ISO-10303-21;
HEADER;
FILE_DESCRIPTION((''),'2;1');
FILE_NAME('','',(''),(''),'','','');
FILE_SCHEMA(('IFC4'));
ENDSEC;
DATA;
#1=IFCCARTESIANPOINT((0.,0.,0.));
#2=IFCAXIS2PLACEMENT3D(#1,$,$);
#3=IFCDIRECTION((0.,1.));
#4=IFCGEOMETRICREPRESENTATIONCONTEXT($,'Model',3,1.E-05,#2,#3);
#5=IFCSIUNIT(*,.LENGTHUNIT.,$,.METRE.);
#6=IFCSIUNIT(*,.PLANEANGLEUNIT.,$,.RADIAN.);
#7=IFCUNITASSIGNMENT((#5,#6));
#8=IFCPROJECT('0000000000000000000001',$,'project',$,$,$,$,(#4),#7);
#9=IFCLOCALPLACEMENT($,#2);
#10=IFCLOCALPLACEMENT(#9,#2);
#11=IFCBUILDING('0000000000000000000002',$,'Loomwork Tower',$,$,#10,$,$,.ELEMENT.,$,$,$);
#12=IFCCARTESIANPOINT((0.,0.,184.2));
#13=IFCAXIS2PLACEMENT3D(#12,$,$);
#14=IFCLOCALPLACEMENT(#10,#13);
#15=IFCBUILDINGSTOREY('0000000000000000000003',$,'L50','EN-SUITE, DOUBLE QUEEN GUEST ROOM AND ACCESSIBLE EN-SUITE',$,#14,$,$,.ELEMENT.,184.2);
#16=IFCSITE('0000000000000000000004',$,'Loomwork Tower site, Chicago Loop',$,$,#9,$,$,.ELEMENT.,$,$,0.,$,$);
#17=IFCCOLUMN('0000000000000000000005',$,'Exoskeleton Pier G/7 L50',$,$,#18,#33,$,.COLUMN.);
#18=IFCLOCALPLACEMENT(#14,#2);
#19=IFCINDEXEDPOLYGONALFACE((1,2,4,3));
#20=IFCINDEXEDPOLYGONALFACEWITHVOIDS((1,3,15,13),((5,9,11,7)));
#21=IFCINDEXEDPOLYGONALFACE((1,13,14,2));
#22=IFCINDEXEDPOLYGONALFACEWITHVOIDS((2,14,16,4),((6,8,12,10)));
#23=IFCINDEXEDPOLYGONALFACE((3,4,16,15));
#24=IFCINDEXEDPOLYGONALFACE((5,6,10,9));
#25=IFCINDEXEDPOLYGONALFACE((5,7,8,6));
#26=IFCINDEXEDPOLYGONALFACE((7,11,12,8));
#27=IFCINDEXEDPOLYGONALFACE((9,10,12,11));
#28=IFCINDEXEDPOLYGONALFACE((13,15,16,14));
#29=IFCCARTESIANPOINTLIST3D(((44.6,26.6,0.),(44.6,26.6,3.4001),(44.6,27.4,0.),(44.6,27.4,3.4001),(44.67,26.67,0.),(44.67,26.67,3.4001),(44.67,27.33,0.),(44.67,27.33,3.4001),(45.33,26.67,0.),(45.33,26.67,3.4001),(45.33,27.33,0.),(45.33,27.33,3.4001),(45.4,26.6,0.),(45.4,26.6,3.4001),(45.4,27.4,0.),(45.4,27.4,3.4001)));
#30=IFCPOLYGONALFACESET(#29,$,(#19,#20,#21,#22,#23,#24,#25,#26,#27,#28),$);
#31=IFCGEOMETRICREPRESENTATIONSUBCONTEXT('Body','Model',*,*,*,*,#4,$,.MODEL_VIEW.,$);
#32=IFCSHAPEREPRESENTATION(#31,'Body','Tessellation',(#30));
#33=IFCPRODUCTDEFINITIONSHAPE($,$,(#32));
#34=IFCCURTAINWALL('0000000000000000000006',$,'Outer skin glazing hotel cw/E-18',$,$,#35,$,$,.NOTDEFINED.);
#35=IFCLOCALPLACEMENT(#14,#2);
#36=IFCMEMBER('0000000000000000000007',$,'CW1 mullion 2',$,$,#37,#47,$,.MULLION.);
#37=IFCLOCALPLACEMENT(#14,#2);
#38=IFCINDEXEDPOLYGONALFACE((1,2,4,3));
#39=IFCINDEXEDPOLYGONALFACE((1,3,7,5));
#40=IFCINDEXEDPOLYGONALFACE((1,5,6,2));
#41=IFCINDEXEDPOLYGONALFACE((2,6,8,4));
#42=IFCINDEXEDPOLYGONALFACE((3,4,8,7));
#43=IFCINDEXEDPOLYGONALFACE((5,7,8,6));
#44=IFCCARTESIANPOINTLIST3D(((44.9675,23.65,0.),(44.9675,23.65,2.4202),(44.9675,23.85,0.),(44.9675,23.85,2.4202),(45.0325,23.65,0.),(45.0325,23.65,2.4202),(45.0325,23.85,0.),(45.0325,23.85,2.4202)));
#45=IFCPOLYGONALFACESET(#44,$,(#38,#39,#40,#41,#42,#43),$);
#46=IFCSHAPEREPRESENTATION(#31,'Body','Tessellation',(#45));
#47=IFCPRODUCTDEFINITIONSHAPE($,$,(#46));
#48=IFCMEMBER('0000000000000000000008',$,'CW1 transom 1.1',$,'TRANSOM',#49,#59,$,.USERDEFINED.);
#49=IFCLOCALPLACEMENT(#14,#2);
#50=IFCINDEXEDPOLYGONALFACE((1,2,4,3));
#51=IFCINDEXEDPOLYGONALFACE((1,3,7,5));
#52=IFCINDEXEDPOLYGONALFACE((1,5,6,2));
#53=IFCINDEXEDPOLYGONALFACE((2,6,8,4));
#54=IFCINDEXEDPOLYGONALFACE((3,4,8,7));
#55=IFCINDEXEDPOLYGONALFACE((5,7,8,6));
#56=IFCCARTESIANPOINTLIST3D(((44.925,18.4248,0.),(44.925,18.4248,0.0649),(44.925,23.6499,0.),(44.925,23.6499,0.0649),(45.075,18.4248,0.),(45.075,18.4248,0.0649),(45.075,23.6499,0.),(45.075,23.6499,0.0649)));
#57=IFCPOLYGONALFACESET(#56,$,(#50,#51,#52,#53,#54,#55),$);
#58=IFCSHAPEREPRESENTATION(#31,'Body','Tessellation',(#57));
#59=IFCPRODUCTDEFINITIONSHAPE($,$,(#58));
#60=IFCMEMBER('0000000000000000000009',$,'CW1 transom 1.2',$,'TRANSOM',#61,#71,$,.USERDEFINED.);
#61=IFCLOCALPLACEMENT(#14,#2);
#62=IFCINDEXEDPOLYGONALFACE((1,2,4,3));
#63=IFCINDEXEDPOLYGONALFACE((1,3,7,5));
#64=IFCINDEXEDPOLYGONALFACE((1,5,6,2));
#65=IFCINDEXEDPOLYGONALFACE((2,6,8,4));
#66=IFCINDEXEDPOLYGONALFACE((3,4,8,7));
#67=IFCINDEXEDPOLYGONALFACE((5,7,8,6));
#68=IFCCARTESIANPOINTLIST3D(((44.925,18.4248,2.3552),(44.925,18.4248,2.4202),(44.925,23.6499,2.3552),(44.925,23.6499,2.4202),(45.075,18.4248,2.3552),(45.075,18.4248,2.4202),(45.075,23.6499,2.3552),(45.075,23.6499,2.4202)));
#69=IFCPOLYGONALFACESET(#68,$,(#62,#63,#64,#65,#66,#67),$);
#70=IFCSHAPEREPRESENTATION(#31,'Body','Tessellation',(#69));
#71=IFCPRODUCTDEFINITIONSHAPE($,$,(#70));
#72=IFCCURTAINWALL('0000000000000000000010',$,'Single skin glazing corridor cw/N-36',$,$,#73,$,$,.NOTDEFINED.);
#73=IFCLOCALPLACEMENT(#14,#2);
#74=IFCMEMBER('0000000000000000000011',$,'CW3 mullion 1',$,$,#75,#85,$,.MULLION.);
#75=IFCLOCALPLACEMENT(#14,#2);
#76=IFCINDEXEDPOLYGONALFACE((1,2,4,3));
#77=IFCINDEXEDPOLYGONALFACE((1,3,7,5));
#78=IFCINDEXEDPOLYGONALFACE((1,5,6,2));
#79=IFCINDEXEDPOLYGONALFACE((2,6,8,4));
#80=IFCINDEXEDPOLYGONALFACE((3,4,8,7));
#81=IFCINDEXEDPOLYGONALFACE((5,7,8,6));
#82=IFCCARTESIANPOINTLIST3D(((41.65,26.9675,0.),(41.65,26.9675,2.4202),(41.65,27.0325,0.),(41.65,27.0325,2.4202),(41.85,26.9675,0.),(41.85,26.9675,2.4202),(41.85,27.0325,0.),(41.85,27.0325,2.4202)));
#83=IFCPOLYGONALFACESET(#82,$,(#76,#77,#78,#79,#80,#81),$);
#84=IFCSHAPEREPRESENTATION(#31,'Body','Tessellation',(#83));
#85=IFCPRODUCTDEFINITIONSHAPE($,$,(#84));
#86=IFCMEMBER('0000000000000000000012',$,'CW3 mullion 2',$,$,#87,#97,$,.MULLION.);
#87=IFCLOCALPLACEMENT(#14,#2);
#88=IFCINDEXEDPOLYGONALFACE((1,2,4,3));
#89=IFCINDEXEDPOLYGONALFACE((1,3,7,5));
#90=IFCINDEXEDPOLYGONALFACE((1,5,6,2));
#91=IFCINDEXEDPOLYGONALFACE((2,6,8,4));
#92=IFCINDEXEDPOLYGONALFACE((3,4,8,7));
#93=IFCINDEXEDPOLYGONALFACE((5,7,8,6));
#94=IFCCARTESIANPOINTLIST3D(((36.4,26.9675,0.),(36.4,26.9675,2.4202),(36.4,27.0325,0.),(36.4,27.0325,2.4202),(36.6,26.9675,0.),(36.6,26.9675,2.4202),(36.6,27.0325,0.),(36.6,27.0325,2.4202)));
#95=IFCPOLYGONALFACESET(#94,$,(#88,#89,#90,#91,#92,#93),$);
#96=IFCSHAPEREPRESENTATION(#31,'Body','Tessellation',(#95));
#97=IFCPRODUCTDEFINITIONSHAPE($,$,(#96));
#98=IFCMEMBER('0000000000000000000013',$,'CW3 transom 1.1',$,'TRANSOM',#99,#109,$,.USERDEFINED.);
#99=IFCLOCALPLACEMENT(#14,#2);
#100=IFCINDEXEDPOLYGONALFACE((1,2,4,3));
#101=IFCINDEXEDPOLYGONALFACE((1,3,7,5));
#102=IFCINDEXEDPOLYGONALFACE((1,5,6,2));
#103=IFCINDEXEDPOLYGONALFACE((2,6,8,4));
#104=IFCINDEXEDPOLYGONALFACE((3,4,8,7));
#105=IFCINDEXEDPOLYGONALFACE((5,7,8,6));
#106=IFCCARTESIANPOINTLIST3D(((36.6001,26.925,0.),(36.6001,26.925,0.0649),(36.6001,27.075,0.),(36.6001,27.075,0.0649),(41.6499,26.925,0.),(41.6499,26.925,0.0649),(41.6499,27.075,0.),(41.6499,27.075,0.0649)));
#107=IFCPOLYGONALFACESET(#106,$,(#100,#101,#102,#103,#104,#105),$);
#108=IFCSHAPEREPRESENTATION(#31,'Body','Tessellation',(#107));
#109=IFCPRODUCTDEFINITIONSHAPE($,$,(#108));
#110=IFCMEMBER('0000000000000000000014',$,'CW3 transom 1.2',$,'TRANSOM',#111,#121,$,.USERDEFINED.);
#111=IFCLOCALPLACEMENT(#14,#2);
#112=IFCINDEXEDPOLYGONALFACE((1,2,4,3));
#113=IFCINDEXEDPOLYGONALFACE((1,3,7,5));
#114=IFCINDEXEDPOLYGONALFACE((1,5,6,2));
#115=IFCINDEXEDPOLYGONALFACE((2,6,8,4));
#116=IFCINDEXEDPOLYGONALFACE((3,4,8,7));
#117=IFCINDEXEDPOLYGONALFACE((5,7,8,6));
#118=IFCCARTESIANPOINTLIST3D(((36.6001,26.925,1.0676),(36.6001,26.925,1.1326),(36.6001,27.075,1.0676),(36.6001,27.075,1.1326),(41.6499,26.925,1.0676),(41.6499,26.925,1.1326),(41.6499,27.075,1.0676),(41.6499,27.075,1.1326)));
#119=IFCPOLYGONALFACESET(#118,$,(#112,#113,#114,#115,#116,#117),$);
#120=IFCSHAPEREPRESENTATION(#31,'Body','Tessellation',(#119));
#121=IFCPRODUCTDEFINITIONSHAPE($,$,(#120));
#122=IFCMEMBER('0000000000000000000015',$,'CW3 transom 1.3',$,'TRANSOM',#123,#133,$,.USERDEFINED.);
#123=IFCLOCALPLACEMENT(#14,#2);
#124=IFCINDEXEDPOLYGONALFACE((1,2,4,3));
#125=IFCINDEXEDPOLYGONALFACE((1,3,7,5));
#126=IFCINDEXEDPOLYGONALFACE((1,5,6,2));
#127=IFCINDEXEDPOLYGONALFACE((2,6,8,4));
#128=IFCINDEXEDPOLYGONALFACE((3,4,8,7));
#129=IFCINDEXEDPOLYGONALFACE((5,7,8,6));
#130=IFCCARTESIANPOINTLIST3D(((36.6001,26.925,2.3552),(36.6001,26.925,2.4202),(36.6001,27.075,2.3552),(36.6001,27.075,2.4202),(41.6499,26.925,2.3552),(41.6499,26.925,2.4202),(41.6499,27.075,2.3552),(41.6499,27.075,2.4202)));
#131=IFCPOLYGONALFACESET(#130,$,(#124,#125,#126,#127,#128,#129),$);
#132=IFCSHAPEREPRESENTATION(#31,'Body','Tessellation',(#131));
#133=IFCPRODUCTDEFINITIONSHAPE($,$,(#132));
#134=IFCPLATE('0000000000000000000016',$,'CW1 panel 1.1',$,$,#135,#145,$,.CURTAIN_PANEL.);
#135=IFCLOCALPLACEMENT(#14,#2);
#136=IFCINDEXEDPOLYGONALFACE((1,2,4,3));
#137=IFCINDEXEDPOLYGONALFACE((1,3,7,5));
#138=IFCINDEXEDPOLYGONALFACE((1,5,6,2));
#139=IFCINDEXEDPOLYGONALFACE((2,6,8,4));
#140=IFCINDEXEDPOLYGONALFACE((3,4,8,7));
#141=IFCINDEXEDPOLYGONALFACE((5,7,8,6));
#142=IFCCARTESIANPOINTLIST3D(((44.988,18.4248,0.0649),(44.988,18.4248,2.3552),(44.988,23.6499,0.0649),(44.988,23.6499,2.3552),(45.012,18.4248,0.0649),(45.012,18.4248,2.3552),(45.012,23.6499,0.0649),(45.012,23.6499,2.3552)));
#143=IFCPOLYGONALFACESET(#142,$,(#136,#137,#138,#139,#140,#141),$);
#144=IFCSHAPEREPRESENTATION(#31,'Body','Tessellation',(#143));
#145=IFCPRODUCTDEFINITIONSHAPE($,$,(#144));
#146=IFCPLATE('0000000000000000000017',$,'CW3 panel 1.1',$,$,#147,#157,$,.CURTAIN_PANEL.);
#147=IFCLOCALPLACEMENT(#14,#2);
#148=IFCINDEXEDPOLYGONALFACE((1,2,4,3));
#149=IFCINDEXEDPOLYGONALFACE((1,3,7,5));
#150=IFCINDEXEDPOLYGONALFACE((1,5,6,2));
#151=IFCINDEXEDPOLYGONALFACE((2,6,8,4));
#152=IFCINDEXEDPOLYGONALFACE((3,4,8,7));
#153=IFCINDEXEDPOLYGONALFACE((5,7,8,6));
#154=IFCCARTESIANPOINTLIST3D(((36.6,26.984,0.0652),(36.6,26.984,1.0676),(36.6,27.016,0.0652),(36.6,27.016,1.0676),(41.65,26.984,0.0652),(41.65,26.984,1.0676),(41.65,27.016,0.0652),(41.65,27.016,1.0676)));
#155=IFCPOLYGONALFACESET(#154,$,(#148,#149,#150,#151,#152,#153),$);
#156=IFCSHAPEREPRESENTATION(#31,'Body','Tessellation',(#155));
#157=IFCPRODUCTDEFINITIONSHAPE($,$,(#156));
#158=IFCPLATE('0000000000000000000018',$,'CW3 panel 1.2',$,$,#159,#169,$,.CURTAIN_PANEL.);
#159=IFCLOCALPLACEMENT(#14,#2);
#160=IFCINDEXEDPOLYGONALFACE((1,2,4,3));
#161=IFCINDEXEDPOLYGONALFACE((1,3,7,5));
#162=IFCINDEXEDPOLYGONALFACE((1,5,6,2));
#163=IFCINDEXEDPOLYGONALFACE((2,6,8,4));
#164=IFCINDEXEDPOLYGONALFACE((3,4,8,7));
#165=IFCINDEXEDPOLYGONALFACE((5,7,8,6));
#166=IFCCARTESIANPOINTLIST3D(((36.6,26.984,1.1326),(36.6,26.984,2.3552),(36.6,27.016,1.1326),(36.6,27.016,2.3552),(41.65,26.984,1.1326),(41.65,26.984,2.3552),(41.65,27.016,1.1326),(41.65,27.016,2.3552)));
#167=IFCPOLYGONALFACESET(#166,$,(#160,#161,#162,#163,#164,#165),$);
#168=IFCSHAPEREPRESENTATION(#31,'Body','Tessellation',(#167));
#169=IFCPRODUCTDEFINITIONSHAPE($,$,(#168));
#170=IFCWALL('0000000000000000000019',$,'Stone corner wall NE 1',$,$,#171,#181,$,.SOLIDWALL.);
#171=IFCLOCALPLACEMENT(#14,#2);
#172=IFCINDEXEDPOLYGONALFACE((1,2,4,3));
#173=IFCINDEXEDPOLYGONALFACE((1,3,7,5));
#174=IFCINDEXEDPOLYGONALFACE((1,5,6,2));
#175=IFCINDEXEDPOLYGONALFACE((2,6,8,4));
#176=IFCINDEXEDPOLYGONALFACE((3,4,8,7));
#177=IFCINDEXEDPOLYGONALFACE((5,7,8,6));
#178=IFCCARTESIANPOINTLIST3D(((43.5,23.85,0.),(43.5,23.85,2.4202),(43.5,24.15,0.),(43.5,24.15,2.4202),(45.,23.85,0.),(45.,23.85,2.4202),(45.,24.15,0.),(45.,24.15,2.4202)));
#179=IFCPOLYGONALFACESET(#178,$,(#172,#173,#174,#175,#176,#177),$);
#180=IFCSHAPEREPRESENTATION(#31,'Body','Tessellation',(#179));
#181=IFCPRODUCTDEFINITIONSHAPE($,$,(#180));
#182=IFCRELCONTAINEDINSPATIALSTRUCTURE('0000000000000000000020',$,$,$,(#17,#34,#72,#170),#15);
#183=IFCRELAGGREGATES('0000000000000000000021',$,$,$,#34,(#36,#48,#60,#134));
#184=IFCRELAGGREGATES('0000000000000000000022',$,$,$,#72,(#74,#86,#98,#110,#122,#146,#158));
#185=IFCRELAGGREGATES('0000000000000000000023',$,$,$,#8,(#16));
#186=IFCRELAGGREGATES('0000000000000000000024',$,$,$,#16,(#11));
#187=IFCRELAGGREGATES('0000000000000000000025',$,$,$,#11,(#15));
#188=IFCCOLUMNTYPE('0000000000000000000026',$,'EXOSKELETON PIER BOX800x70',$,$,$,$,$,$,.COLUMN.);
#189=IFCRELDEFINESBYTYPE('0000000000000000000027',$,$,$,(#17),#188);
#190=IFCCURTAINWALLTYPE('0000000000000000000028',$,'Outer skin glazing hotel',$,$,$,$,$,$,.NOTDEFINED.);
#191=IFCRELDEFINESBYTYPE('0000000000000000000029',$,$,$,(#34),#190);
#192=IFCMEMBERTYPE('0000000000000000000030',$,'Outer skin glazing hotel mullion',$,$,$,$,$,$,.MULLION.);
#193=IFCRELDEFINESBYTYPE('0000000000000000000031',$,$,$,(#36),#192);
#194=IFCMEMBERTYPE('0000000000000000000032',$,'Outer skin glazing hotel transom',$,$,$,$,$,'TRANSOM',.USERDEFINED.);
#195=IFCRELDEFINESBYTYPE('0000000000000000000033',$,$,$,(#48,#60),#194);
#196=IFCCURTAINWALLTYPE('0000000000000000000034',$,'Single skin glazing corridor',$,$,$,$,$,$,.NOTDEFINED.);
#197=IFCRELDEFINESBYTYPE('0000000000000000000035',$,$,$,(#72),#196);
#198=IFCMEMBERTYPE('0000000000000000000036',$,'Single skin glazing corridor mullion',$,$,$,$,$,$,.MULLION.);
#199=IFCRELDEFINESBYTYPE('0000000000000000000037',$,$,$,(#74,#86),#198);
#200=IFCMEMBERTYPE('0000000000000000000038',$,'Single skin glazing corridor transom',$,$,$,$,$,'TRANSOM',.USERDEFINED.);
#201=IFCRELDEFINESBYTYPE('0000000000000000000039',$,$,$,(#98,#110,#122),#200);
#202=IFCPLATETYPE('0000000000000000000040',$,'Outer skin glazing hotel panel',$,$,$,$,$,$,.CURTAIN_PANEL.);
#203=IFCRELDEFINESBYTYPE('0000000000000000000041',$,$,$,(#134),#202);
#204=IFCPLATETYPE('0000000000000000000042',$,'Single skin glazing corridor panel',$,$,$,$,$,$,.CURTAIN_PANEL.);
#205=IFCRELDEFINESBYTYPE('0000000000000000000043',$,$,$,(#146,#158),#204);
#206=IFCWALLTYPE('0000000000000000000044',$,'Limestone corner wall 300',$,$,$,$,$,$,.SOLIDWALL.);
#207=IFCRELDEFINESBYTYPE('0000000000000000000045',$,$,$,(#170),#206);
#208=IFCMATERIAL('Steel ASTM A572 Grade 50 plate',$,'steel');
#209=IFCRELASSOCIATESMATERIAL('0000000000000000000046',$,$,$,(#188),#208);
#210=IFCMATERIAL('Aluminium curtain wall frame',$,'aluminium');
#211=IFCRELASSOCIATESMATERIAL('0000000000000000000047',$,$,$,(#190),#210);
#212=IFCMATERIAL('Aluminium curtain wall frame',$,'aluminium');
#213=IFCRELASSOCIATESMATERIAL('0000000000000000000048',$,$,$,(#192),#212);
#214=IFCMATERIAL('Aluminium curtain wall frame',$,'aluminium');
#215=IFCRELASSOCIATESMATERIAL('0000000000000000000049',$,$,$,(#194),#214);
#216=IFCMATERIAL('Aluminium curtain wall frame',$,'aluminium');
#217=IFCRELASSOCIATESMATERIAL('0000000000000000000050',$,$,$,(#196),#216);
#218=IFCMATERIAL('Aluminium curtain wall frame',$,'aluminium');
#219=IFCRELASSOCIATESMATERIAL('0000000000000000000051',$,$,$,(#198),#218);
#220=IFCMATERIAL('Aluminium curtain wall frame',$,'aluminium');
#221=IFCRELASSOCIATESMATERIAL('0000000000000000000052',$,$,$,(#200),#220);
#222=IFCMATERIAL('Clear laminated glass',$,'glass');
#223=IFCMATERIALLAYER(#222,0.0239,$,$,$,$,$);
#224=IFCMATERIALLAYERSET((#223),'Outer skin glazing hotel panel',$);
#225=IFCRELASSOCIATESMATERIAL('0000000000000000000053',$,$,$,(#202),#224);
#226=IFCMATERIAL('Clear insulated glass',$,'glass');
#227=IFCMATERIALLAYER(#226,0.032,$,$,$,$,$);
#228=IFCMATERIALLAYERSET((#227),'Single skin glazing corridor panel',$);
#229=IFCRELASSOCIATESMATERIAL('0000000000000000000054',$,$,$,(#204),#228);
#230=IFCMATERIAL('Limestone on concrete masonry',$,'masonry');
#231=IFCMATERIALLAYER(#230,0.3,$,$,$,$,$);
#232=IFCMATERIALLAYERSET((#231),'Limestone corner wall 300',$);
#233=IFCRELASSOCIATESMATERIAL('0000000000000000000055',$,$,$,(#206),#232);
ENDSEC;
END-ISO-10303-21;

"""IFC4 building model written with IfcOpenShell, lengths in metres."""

from ifc_helpers import new_model, si_unit, direction, frame, frame_2d, origin, origin_2d, place, context, subcontext, project, spatial, rectangle, hollow_rectangle, extrude, material, layer, layer_set, material_profile, profile_set, type_object, element, aggregate, save


model = new_model("IFC4")

# Units and contexts
model_context = context("Model", 3, precision=1e-05, world=origin(), true_north=direction((0.0, 1.0)))
body_context = subcontext(model_context, "Body", "Model", "MODEL_VIEW")
ifc_project = project(units=[si_unit("LENGTHUNIT", "METRE"), si_unit("PLANEANGLEUNIT", "RADIAN")], contexts=[model_context])

# Site, building, storey
site_placement = place(None, origin())
site = spatial("IfcSite", under=ifc_project, at=site_placement, Name="Loomwork Tower site, Chicago Loop", CompositionType="ELEMENT", RefElevation=0.0)
building_placement = place(site_placement, origin())
building = spatial("IfcBuilding", under=site, at=building_placement, Name="Loomwork Tower", CompositionType="ELEMENT")
storey_placement = place(building_placement, frame((0.0, 0.0, 184.2)))
storey = spatial("IfcBuildingStorey", under=building, at=storey_placement, Name="L50", Description="EN-SUITE, DOUBLE QUEEN GUEST ROOM AND ACCESSIBLE EN-SUITE", CompositionType="ELEMENT", Elevation=184.2)

# Column
ifc_material_1 = material(Name="Steel ASTM A572 Grade 50 plate", Category="steel")
ifc_material_profile_1 = material_profile(ifc_material_1, hollow_rectangle(XDim=0.8, YDim=0.8, WallThickness=0.0701, at=origin_2d()), Name="BOX800x70")
ifc_profile_set_1 = profile_set([ifc_material_profile_1], Name="Steel ASTM A572 Grade 50 plate")
column_type = type_object("IfcColumnType", Name="EXOSKELETON PIER BOX800x70", PredefinedType="COLUMN", material=ifc_profile_set_1)
column_placement = place(storey_placement, frame((45.0, 27.0, 0.0), z_axis=(0.0, 0.0, 1.0), x_axis=(0.0, 1.0, 0.0)))
element("IfcColumn", 1, at=column_placement, inside=storey, type_object=column_type, Name="Exoskeleton Pier G/7 L50", PredefinedType="COLUMN", context=body_context, shape_type="SweptSolid", body=[
    extrude(hollow_rectangle(XDim=0.8, YDim=0.8, WallThickness=0.0701, at=origin_2d()), origin(), (0.0, 0.0, 1.0), 3.4001),
])

# Curtain walls, members
ifc_material_2 = material(Name="Aluminium curtain wall frame", Category="aluminium")
curtain_wall_type_1 = type_object("IfcCurtainWallType", Name="Outer skin glazing hotel", PredefinedType="NOTDEFINED", material=ifc_material_2)
curtain_wall_1_placement = place(storey_placement, origin())
curtain_wall_1 = element("IfcCurtainWall", 2, at=curtain_wall_1_placement, inside=storey, type_object=curtain_wall_type_1, Name="Outer skin glazing hotel cw/E-18", PredefinedType="NOTDEFINED")
ifc_material_3 = material(Name="Aluminium curtain wall frame", Category="aluminium")
ifc_material_profile_2 = material_profile(ifc_material_3, rectangle(XDim=0.0649, YDim=0.2, at=origin_2d()), Name="AL 65x200")
ifc_profile_set_2 = profile_set([ifc_material_profile_2], Name="Aluminium curtain wall frame")
member_type_1 = type_object("IfcMemberType", Name="Outer skin glazing hotel mullion", PredefinedType="MULLION", material=ifc_profile_set_2)
member_1_placement = place(storey_placement, frame((45.0, 23.75, 0.0), z_axis=(0.0, 0.0, 1.0), x_axis=(-1.0, 0.0, 0.0)))
member_1 = element("IfcMember", 3, at=member_1_placement, type_object=member_type_1, Name="CW1 mullion 2", PredefinedType="MULLION", context=body_context, shape_type="SweptSolid", body=[
    extrude(rectangle(XDim=0.0649, YDim=0.2, at=origin_2d()), origin(), (0.0, 0.0, 1.0), 2.4202),
])
ifc_material_4 = material(Name="Aluminium curtain wall frame", Category="aluminium")
ifc_material_profile_3 = material_profile(ifc_material_4, rectangle(XDim=0.1499, YDim=0.0649, at=origin_2d()), Name="AL 65x150")
ifc_profile_set_3 = profile_set([ifc_material_profile_3], Name="Aluminium curtain wall frame")
member_type_2 = type_object("IfcMemberType", Name="Outer skin glazing hotel transom", ElementType="TRANSOM", PredefinedType="USERDEFINED", material=ifc_profile_set_3)
member_2_placement = place(storey_placement, frame((45.0, 18.4248, 0.0325), z_axis=(0.0, 1.0, 0.0), x_axis=(-1.0, 0.0, 0.0)))
member_2 = element("IfcMember", 4, at=member_2_placement, type_object=member_type_2, Name="CW1 transom 1.1", ObjectType="TRANSOM", PredefinedType="USERDEFINED", context=body_context, shape_type="SweptSolid", body=[
    extrude(rectangle(XDim=0.1499, YDim=0.0649, at=origin_2d()), origin(), (0.0, 0.0, 1.0), 5.2251),
])
member_3_placement = place(storey_placement, frame((45.0, 18.4248, 2.3877), z_axis=(0.0, 1.0, 0.0), x_axis=(-1.0, 0.0, 0.0)))
member_3 = element("IfcMember", 5, at=member_3_placement, type_object=member_type_2, Name="CW1 transom 1.2", ObjectType="TRANSOM", PredefinedType="USERDEFINED", context=body_context, shape_type="SweptSolid", body=[
    extrude(rectangle(XDim=0.1499, YDim=0.0649, at=origin_2d()), origin(), (0.0, 0.0, 1.0), 5.2251),
])
ifc_material_5 = material(Name="Aluminium curtain wall frame", Category="aluminium")
curtain_wall_type_2 = type_object("IfcCurtainWallType", Name="Single skin glazing corridor", PredefinedType="NOTDEFINED", material=ifc_material_5)
curtain_wall_2_placement = place(storey_placement, origin())
curtain_wall_2 = element("IfcCurtainWall", 6, at=curtain_wall_2_placement, inside=storey, type_object=curtain_wall_type_2, Name="Single skin glazing corridor cw/N-36", PredefinedType="NOTDEFINED")
ifc_material_6 = material(Name="Aluminium curtain wall frame", Category="aluminium")
ifc_material_profile_4 = material_profile(ifc_material_6, rectangle(XDim=0.0649, YDim=0.2, at=origin_2d()), Name="AL 65x200")
ifc_profile_set_4 = profile_set([ifc_material_profile_4], Name="Aluminium curtain wall frame")
member_type_3 = type_object("IfcMemberType", Name="Single skin glazing corridor mullion", PredefinedType="MULLION", material=ifc_profile_set_4)
member_4_placement = place(storey_placement, frame((41.75, 27.0, 0.0), z_axis=(0.0, 0.0, 1.0), x_axis=(0.0, -1.0, 0.0)))
member_4 = element("IfcMember", 7, at=member_4_placement, type_object=member_type_3, Name="CW3 mullion 1", PredefinedType="MULLION", context=body_context, shape_type="SweptSolid", body=[
    extrude(rectangle(XDim=0.0649, YDim=0.2, at=origin_2d()), origin(), (0.0, 0.0, 1.0), 2.4202),
])
member_5_placement = place(storey_placement, frame((36.5, 27.0, 0.0), z_axis=(0.0, 0.0, 1.0), x_axis=(0.0, -1.0, 0.0)))
member_5 = element("IfcMember", 8, at=member_5_placement, type_object=member_type_3, Name="CW3 mullion 2", PredefinedType="MULLION", context=body_context, shape_type="SweptSolid", body=[
    extrude(rectangle(XDim=0.0649, YDim=0.2, at=origin_2d()), origin(), (0.0, 0.0, 1.0), 2.4202),
])
ifc_material_7 = material(Name="Aluminium curtain wall frame", Category="aluminium")
ifc_material_profile_5 = material_profile(ifc_material_7, rectangle(XDim=0.1499, YDim=0.0649, at=origin_2d()), Name="AL 65x150")
ifc_profile_set_5 = profile_set([ifc_material_profile_5], Name="Aluminium curtain wall frame")
member_type_4 = type_object("IfcMemberType", Name="Single skin glazing corridor transom", ElementType="TRANSOM", PredefinedType="USERDEFINED", material=ifc_profile_set_5)
member_6_placement = place(storey_placement, frame((41.6499, 27.0, 0.0325), z_axis=(-1.0, 0.0, 0.0), x_axis=(0.0, -1.0, 0.0)))
member_6 = element("IfcMember", 9, at=member_6_placement, type_object=member_type_4, Name="CW3 transom 1.1", ObjectType="TRANSOM", PredefinedType="USERDEFINED", context=body_context, shape_type="SweptSolid", body=[
    extrude(rectangle(XDim=0.1499, YDim=0.0649, at=origin_2d()), origin(), (0.0, 0.0, 1.0), 5.0498),
])
member_7_placement = place(storey_placement, frame((41.6499, 27.0, 1.1001), z_axis=(-1.0, 0.0, 0.0), x_axis=(0.0, -1.0, 0.0)))
member_7 = element("IfcMember", 10, at=member_7_placement, type_object=member_type_4, Name="CW3 transom 1.2", ObjectType="TRANSOM", PredefinedType="USERDEFINED", context=body_context, shape_type="SweptSolid", body=[
    extrude(rectangle(XDim=0.1499, YDim=0.0649, at=origin_2d()), origin(), (0.0, 0.0, 1.0), 5.0498),
])
member_8_placement = place(storey_placement, frame((41.6499, 27.0, 2.3877), z_axis=(-1.0, 0.0, 0.0), x_axis=(0.0, -1.0, 0.0)))
member_8 = element("IfcMember", 11, at=member_8_placement, type_object=member_type_4, Name="CW3 transom 1.3", ObjectType="TRANSOM", PredefinedType="USERDEFINED", context=body_context, shape_type="SweptSolid", body=[
    extrude(rectangle(XDim=0.1499, YDim=0.0649, at=origin_2d()), origin(), (0.0, 0.0, 1.0), 5.0498),
])

# Plates
ifc_material_8 = material(Name="Clear laminated glass", Category="glass")
ifc_layer_1 = layer(ifc_material_8, 0.0239)
ifc_layer_set_1 = layer_set([ifc_layer_1], Name="Outer skin glazing hotel panel")
plate_type_1 = type_object("IfcPlateType", Name="Outer skin glazing hotel panel", PredefinedType="CURTAIN_PANEL", material=ifc_layer_set_1)
plate_1_placement = place(storey_placement, frame((45.0, 21.0374, 0.0649), z_axis=(0.0, 0.0, 1.0), x_axis=(0.0, 1.0, 0.0)))
plate_1 = element("IfcPlate", 12, at=plate_1_placement, type_object=plate_type_1, Name="CW1 panel 1.1", PredefinedType="CURTAIN_PANEL", context=body_context, shape_type="SweptSolid", body=[
    extrude(rectangle(XDim=5.2251, YDim=0.0239, at=origin_2d()), origin(), (0.0, 0.0, 1.0), 2.2903),
])
aggregate(curtain_wall_1, [member_1, member_2, member_3, plate_1])
ifc_material_9 = material(Name="Clear insulated glass", Category="glass")
ifc_layer_2 = layer(ifc_material_9, 0.032)
ifc_layer_set_2 = layer_set([ifc_layer_2], Name="Single skin glazing corridor panel")
plate_type_2 = type_object("IfcPlateType", Name="Single skin glazing corridor panel", PredefinedType="CURTAIN_PANEL", material=ifc_layer_set_2)
plate_2_placement = place(storey_placement, frame((39.125, 27.0, 0.0652), z_axis=(0.0, 0.0, 1.0), x_axis=(-1.0, 0.0, 0.0)))
plate_2 = element("IfcPlate", 13, at=plate_2_placement, type_object=plate_type_2, Name="CW3 panel 1.1", PredefinedType="CURTAIN_PANEL", context=body_context, shape_type="SweptSolid", body=[
    extrude(rectangle(XDim=5.05, YDim=0.032, at=origin_2d()), origin(), (0.0, 0.0, 1.0), 1.0024),
])
plate_3_placement = place(storey_placement, frame((39.125, 27.0, 1.1326), z_axis=(0.0, 0.0, 1.0), x_axis=(-1.0, 0.0, 0.0)))
plate_3 = element("IfcPlate", 14, at=plate_3_placement, type_object=plate_type_2, Name="CW3 panel 1.2", PredefinedType="CURTAIN_PANEL", context=body_context, shape_type="SweptSolid", body=[
    extrude(rectangle(XDim=5.05, YDim=0.032, at=origin_2d()), origin(), (0.0, 0.0, 1.0), 1.2227),
])
aggregate(curtain_wall_2, [member_4, member_5, member_6, member_7, member_8, plate_2, plate_3])

# Wall
ifc_material_10 = material(Name="Limestone on concrete masonry", Category="masonry")
ifc_layer_3 = layer(ifc_material_10, 0.3)
ifc_layer_set_3 = layer_set([ifc_layer_3], Name="Limestone corner wall 300")
wall_type = type_object("IfcWallType", Name="Limestone corner wall 300", PredefinedType="SOLIDWALL", material=ifc_layer_set_3)
wall_1_placement = place(storey_placement, frame((45.0, 24.0, 0.0), z_axis=(0.0, 0.0, 1.0), x_axis=(-1.0, 0.0, 0.0)))
element("IfcWall", 15, at=wall_1_placement, inside=storey, type_object=wall_type, Name="Stone corner wall NE 1", PredefinedType="SOLIDWALL", context=body_context, shape_type="SweptSolid", body=[
    extrude(rectangle(XDim=1.5, YDim=0.3, at=frame_2d((0.75, 0.0))), origin(), (0.0, 0.0, 1.0), 2.4202),
])

save(model, "model.ifc")
